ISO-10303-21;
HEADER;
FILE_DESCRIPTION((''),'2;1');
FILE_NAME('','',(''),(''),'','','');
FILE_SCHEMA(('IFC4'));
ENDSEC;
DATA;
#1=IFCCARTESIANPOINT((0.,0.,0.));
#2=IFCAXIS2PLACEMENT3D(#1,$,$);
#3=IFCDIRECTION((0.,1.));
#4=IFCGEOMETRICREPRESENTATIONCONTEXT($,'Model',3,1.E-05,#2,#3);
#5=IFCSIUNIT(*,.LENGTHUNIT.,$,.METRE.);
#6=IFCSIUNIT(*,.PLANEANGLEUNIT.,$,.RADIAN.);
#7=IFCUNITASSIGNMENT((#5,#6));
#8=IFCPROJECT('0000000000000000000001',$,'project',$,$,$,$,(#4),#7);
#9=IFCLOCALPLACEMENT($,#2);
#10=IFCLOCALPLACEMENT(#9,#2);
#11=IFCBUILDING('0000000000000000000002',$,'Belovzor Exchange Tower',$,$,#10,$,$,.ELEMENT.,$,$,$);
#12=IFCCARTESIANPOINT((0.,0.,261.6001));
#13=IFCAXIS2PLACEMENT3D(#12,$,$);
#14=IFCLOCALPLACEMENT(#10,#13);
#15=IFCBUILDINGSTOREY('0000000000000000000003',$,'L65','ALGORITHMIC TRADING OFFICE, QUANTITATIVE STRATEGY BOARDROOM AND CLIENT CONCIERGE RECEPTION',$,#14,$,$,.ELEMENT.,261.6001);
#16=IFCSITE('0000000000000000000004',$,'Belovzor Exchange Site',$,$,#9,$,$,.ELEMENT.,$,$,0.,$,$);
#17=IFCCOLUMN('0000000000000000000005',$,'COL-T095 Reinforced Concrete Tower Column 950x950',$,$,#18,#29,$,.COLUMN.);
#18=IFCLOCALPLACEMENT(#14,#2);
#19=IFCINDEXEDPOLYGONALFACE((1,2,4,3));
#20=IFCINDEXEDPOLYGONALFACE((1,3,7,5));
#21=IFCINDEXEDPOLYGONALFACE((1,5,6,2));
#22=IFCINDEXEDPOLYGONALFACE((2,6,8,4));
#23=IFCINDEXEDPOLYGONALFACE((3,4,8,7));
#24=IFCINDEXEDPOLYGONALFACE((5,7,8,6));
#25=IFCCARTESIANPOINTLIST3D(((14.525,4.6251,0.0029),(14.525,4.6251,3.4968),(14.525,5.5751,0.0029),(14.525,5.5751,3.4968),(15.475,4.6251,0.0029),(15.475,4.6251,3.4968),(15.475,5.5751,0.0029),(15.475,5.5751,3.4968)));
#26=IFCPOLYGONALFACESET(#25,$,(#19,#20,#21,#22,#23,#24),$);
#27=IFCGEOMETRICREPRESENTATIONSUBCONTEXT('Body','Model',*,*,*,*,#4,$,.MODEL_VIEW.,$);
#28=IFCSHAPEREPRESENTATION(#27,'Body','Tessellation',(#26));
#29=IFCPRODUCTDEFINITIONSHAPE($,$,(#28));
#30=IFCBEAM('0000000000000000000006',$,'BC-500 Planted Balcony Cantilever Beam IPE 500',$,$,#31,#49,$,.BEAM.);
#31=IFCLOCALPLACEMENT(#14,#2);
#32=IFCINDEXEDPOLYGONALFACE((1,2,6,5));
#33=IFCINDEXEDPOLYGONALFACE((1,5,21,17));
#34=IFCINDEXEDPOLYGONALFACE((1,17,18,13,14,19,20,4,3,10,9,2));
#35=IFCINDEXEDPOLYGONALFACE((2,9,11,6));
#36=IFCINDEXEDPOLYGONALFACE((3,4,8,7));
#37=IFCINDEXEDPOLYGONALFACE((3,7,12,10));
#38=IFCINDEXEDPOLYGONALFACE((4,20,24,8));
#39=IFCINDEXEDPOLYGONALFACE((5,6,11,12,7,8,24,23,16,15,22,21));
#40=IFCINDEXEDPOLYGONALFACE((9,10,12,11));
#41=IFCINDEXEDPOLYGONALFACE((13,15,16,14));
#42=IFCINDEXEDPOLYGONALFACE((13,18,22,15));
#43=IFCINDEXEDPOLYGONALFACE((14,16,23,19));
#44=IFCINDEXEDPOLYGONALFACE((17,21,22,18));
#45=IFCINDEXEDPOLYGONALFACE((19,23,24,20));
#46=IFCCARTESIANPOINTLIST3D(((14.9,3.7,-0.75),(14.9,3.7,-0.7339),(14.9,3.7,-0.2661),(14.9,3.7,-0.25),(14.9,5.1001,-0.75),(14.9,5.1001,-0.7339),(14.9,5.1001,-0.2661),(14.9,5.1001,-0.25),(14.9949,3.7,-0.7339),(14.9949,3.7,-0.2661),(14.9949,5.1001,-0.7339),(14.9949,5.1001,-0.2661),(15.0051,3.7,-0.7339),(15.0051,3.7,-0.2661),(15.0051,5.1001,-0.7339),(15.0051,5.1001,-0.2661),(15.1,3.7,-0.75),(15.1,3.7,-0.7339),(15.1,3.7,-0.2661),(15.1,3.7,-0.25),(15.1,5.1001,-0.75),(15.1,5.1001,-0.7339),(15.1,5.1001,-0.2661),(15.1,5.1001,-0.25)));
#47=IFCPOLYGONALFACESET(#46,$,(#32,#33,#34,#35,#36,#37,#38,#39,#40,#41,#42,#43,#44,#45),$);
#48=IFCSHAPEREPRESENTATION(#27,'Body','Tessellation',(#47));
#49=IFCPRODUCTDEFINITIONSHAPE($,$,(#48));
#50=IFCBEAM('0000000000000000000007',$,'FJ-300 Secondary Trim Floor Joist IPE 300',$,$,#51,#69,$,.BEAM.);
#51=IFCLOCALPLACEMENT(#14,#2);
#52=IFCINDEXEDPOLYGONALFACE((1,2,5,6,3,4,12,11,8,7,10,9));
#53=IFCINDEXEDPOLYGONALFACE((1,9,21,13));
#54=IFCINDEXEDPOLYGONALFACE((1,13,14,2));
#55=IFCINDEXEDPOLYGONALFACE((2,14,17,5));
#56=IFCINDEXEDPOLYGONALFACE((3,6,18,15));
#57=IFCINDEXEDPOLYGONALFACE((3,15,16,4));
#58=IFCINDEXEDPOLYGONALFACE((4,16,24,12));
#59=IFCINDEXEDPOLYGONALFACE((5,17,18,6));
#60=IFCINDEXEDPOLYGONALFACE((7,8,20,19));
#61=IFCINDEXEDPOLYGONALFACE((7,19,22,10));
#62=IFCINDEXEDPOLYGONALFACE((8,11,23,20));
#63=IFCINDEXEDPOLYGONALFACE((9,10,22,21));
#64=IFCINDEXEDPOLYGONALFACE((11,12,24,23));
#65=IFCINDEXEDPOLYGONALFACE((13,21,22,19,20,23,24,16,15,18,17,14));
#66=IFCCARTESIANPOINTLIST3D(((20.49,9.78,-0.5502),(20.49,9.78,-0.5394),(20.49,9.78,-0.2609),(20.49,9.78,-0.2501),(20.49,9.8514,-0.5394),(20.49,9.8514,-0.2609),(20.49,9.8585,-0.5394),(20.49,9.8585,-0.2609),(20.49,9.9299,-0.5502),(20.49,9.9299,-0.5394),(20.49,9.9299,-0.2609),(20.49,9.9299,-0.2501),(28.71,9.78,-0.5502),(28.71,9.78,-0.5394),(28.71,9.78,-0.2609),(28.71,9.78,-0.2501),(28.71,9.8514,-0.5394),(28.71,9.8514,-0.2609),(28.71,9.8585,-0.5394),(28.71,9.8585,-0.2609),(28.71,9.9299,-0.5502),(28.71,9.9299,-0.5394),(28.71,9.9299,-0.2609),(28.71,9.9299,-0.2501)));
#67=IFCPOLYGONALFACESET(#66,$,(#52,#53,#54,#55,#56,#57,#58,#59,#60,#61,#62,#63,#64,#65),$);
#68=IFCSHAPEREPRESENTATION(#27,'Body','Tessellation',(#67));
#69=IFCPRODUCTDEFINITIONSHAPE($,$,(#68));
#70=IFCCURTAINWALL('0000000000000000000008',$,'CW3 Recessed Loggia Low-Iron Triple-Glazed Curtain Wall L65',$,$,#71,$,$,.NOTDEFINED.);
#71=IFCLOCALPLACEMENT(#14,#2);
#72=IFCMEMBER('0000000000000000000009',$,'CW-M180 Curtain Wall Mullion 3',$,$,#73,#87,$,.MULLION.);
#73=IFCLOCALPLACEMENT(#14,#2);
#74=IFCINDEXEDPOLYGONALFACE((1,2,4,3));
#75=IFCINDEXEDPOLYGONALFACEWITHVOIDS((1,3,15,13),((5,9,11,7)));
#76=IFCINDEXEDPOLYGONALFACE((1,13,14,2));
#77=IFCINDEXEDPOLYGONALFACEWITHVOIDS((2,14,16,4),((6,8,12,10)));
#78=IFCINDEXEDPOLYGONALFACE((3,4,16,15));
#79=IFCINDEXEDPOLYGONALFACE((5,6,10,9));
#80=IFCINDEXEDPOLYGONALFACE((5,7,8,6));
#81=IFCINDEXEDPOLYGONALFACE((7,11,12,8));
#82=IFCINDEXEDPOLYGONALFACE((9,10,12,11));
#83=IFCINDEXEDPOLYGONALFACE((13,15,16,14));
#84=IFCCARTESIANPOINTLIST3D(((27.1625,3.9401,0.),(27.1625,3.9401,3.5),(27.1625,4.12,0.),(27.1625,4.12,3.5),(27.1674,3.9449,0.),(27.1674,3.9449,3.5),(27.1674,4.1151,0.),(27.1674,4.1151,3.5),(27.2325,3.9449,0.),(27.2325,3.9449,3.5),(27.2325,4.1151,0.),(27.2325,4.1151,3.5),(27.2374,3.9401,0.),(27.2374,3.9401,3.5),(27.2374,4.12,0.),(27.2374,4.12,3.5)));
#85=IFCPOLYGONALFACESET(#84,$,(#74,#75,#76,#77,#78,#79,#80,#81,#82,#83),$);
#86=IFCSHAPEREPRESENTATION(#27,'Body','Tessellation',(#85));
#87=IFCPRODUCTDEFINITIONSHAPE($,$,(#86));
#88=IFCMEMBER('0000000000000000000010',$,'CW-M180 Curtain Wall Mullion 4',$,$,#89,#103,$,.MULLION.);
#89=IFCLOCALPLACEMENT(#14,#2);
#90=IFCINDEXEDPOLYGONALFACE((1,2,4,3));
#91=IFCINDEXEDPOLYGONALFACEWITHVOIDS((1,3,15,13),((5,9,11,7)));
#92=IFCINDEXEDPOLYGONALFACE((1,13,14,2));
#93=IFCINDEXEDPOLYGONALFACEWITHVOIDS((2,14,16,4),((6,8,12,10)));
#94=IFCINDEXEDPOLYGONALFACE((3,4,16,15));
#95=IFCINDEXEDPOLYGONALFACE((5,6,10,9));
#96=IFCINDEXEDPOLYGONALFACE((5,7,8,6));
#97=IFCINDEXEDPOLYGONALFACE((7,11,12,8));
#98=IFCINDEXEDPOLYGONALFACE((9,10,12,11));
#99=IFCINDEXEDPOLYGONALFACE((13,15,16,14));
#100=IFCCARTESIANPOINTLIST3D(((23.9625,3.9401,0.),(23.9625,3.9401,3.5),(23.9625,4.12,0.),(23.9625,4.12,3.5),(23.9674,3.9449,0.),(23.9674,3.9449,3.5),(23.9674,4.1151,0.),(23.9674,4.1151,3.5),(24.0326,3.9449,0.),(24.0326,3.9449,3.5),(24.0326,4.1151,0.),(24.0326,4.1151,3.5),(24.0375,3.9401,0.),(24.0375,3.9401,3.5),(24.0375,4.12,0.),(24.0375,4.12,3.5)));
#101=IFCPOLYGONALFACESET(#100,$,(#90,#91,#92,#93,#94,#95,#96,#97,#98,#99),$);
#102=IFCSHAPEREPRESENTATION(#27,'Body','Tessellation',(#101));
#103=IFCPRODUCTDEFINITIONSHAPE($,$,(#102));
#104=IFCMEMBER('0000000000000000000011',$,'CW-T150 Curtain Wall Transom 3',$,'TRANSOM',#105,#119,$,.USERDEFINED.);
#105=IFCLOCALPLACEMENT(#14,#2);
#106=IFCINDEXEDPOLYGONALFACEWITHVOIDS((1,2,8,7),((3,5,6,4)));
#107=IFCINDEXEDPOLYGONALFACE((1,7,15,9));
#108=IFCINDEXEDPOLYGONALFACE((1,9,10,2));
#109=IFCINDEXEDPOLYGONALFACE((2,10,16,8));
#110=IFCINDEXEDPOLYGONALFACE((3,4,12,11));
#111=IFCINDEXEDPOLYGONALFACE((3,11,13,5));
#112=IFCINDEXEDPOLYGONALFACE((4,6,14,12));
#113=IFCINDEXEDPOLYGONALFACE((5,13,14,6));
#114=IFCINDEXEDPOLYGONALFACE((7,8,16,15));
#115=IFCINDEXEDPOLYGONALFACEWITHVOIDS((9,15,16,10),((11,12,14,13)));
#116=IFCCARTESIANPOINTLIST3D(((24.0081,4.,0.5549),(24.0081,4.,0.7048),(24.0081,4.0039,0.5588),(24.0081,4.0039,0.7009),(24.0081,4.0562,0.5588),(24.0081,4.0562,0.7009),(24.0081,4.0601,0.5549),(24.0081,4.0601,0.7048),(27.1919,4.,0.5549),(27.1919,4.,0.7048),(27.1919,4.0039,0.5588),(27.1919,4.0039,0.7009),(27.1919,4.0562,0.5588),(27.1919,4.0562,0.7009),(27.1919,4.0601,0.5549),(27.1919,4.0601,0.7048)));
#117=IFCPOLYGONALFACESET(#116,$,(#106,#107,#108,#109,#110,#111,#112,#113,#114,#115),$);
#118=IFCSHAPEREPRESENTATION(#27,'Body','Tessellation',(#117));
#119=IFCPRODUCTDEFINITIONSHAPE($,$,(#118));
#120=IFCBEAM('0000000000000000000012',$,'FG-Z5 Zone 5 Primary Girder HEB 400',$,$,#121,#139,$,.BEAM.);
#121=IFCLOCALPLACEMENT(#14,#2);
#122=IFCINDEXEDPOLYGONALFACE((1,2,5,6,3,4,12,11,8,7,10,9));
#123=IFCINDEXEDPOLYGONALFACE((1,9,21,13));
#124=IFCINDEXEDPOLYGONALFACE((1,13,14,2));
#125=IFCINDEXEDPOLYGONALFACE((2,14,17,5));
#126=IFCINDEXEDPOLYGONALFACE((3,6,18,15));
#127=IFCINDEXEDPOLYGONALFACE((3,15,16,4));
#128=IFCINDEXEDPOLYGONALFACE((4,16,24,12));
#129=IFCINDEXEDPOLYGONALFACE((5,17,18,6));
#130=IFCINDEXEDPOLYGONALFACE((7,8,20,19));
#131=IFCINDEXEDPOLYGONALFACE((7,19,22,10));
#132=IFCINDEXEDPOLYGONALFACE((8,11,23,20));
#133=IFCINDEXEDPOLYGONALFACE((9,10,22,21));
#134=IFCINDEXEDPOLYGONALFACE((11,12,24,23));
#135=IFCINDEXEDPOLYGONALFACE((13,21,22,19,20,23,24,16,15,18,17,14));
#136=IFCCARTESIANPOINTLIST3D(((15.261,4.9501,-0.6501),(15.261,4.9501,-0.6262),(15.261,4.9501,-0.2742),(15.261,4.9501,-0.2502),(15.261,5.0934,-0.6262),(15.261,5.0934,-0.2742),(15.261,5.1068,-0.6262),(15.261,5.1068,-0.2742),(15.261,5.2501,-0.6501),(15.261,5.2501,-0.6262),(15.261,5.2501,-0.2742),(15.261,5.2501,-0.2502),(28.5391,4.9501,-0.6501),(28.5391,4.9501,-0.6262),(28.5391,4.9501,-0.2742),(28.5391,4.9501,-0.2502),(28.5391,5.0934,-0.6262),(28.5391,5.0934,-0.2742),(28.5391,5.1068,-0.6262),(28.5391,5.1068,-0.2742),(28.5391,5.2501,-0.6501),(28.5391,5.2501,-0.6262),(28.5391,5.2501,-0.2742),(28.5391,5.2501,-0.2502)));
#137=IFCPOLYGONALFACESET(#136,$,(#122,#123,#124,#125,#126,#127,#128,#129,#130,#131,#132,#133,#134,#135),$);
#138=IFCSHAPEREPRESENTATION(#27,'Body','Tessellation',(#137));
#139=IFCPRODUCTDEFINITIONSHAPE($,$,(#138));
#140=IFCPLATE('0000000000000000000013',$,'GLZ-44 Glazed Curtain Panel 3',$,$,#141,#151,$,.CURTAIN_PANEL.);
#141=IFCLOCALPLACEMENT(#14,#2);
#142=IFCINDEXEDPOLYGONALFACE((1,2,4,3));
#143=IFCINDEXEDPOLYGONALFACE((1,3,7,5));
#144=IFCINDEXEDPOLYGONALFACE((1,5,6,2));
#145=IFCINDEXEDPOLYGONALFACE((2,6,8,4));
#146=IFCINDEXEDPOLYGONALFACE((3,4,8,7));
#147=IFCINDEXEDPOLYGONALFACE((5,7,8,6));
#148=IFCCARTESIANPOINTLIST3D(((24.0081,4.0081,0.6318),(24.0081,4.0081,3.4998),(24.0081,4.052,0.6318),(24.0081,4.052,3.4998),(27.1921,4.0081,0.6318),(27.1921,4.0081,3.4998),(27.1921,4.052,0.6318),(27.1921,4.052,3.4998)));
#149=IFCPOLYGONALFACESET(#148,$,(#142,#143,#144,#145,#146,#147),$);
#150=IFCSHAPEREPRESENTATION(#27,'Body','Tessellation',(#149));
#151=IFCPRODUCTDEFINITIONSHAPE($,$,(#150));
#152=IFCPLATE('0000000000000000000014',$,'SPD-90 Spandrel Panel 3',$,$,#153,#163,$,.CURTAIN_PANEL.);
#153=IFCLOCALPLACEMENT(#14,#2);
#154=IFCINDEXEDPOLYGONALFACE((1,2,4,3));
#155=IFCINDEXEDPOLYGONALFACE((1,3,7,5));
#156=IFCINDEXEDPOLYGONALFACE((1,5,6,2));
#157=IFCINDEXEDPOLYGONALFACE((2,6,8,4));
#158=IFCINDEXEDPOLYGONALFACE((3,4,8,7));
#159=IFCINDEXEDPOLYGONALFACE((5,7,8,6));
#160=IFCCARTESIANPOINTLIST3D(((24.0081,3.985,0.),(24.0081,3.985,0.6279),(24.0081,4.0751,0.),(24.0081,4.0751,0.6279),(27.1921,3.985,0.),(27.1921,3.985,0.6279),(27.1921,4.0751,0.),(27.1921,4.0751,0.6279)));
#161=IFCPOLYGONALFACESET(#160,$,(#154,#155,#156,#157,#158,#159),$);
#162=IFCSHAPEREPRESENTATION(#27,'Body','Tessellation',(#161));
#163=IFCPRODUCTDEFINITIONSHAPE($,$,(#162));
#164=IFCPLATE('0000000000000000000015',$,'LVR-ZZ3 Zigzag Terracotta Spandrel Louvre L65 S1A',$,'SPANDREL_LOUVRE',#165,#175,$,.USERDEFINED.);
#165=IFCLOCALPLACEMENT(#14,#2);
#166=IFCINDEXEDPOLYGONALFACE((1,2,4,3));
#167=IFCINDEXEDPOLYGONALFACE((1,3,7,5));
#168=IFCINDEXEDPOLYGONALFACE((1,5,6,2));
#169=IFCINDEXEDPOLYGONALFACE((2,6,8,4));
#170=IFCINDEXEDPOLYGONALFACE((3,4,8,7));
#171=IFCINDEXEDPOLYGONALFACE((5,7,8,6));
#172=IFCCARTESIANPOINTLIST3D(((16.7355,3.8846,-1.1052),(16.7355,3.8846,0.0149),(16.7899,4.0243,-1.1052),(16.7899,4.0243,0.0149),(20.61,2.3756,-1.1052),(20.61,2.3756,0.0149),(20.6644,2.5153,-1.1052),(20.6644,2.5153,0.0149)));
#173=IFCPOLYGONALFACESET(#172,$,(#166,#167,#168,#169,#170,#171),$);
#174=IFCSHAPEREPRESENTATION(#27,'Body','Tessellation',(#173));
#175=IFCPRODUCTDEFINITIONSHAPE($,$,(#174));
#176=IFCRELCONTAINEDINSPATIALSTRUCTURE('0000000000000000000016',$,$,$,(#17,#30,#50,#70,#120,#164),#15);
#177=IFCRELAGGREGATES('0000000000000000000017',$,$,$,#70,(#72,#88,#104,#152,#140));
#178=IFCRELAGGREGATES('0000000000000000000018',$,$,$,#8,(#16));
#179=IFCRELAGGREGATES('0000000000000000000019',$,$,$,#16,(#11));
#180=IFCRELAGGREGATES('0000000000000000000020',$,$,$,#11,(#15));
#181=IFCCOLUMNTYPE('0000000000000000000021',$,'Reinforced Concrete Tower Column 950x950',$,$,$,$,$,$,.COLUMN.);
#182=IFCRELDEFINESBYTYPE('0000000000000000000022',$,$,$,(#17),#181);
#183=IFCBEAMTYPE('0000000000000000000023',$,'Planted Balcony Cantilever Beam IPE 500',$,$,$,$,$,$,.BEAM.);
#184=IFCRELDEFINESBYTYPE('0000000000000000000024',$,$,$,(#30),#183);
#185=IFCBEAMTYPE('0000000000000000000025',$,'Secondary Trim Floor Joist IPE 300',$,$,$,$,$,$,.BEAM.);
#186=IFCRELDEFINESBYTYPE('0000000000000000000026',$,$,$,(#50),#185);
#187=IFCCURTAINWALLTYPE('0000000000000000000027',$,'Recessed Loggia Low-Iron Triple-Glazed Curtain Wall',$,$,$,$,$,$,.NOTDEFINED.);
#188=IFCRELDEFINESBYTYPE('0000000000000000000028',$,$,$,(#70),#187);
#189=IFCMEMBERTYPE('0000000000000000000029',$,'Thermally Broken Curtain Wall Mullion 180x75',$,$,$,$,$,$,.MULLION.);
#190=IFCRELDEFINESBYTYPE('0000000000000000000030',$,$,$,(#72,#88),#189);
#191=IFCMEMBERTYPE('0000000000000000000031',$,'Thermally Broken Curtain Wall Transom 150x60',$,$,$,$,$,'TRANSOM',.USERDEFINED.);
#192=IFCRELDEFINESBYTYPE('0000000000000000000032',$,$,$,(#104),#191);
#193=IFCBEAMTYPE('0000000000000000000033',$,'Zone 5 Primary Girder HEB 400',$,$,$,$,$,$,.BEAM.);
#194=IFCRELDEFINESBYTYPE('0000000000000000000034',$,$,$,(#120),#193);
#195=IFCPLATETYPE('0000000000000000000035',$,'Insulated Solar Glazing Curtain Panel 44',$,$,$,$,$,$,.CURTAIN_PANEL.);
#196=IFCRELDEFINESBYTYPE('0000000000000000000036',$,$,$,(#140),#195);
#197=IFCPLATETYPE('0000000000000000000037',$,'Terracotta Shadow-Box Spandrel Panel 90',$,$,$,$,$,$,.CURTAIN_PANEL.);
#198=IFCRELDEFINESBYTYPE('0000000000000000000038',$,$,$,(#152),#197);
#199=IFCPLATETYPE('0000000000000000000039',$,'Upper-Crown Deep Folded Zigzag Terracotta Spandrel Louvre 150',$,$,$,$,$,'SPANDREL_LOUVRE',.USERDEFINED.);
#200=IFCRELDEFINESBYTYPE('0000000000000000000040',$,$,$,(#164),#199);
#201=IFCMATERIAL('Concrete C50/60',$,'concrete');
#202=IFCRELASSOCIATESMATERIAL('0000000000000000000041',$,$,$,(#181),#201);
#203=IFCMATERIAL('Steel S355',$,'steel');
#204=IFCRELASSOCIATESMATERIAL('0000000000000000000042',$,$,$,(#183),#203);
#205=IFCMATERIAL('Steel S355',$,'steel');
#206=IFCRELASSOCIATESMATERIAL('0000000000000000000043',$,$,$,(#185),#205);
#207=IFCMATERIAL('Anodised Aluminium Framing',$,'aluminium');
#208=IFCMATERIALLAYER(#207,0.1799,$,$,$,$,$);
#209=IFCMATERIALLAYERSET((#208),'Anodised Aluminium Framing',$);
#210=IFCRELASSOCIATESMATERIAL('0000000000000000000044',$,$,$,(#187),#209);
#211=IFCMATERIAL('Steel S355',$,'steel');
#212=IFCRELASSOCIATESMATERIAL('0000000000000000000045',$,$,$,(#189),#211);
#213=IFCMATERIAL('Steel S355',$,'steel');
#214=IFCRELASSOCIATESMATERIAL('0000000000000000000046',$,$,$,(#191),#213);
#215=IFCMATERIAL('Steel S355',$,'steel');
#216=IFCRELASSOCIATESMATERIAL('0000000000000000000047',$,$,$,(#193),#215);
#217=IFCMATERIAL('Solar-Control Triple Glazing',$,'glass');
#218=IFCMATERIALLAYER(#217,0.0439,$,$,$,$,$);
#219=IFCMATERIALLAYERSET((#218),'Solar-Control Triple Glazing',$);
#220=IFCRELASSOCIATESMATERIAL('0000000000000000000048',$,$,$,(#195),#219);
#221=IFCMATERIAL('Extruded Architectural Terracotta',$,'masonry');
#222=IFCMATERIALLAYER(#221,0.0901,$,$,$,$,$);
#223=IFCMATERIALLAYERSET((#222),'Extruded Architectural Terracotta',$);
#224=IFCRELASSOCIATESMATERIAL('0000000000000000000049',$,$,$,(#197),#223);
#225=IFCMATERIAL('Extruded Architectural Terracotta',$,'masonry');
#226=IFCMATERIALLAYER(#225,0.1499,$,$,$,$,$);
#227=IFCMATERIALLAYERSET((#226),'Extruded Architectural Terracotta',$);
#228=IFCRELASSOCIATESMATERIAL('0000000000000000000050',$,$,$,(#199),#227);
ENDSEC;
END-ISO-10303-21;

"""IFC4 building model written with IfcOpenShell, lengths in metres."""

from ifc_helpers import new_model, si_unit, direction, frame, origin, origin_2d, place, context, subcontext, project, spatial, rectangle, hollow_rectangle, i_section, extrude, material, layer, layer_set, material_profile, profile_set, type_object, element, aggregate, save


model = new_model("IFC4")

# Units and contexts
model_context = context("Model", 3, precision=1e-05, world=origin(), true_north=direction((0.0, 1.0)))
body_context = subcontext(model_context, "Body", "Model", "MODEL_VIEW")
ifc_project = project(units=[si_unit("LENGTHUNIT", "METRE"), si_unit("PLANEANGLEUNIT", "RADIAN")], contexts=[model_context])

# Site, building, storey
site_placement = place(None, origin())
site = spatial("IfcSite", under=ifc_project, at=site_placement, Name="Belovzor Exchange Site", CompositionType="ELEMENT", RefElevation=0.0)
building_placement = place(site_placement, origin())
building = spatial("IfcBuilding", under=site, at=building_placement, Name="Belovzor Exchange Tower", CompositionType="ELEMENT")
storey_placement = place(building_placement, frame((0.0, 0.0, 261.6001)))
storey = spatial("IfcBuildingStorey", under=building, at=storey_placement, Name="L65", Description="ALGORITHMIC TRADING OFFICE, QUANTITATIVE STRATEGY BOARDROOM AND CLIENT CONCIERGE RECEPTION", CompositionType="ELEMENT", Elevation=261.6001)

# Column
ifc_material_1 = material(Name="Concrete C50/60", Category="concrete")
ifc_material_profile_1 = material_profile(ifc_material_1, rectangle(XDim=0.95, YDim=0.95, at=origin_2d()))
ifc_profile_set_1 = profile_set([ifc_material_profile_1], Name="Concrete C50/60")
column_type = type_object("IfcColumnType", Name="Reinforced Concrete Tower Column 950x950", PredefinedType="COLUMN", material=ifc_profile_set_1)
column_placement = place(storey_placement, frame((15.0, 5.1001, 0.0029), z_axis=(0.0, 0.0, 1.0), x_axis=(1.0, 0.0, 0.0)))
element("IfcColumn", 1, at=column_placement, inside=storey, type_object=column_type, Name="COL-T095 Reinforced Concrete Tower Column 950x950", PredefinedType="COLUMN", context=body_context, shape_type="SweptSolid", body=[
    extrude(rectangle(XDim=0.95, YDim=0.95, at=origin_2d()), origin(), (0.0, 0.0, 1.0), 3.4939),
])

# Beams
ifc_material_2 = material(Name="Steel S355", Category="steel")
ifc_material_profile_2 = material_profile(ifc_material_2, i_section(OverallWidth=0.2, OverallDepth=0.5, WebThickness=0.0103, FlangeThickness=0.0161, at=origin_2d()))
ifc_profile_set_2 = profile_set([ifc_material_profile_2], Name="Steel S355")
beam_type_1 = type_object("IfcBeamType", Name="Planted Balcony Cantilever Beam IPE 500", PredefinedType="BEAM", material=ifc_profile_set_2)
beam_1_placement = place(storey_placement, frame((15.0, 5.1001, -0.5), z_axis=(0.0, -1.0, 0.0), x_axis=(1.0, 0.0, 0.0)))
element("IfcBeam", 2, at=beam_1_placement, inside=storey, type_object=beam_type_1, Name="BC-500 Planted Balcony Cantilever Beam IPE 500", PredefinedType="BEAM", context=body_context, shape_type="SweptSolid", body=[
    extrude(i_section(OverallWidth=0.2, OverallDepth=0.5, WebThickness=0.0103, FlangeThickness=0.0161, at=origin_2d()), origin(), (0.0, 0.0, 1.0), 1.4001),
])
ifc_material_3 = material(Name="Steel S355", Category="steel")
ifc_material_profile_3 = material_profile(ifc_material_3, i_section(OverallWidth=0.1499, OverallDepth=0.3, WebThickness=0.0071, FlangeThickness=0.0107, at=origin_2d()))
ifc_profile_set_3 = profile_set([ifc_material_profile_3], Name="Steel S355")
beam_type_2 = type_object("IfcBeamType", Name="Secondary Trim Floor Joist IPE 300", PredefinedType="BEAM", material=ifc_profile_set_3)
beam_2_placement = place(storey_placement, frame((20.49, 9.855, -0.4001), z_axis=(1.0, 0.0, 0.0), x_axis=(0.0, 1.0, 0.0)))
element("IfcBeam", 3, at=beam_2_placement, inside=storey, type_object=beam_type_2, Name="FJ-300 Secondary Trim Floor Joist IPE 300", PredefinedType="BEAM", context=body_context, shape_type="SweptSolid", body=[
    extrude(i_section(OverallWidth=0.1499, OverallDepth=0.3, WebThickness=0.0071, FlangeThickness=0.0107, at=origin_2d()), origin(), (0.0, 0.0, 1.0), 8.22),
])

# Curtain wall, members
ifc_material_4 = material(Name="Anodised Aluminium Framing", Category="aluminium")
ifc_layer_1 = layer(ifc_material_4, 0.1799)
ifc_layer_set_1 = layer_set([ifc_layer_1], Name="Anodised Aluminium Framing")
curtain_wall_type = type_object("IfcCurtainWallType", Name="Recessed Loggia Low-Iron Triple-Glazed Curtain Wall", PredefinedType="NOTDEFINED", material=ifc_layer_set_1)
curtain_wall_placement = place(storey_placement, origin())
curtain_wall = element("IfcCurtainWall", 4, at=curtain_wall_placement, inside=storey, type_object=curtain_wall_type, Name="CW3 Recessed Loggia Low-Iron Triple-Glazed Curtain Wall L65", PredefinedType="NOTDEFINED")
ifc_material_5 = material(Name="Steel S355", Category="steel")
ifc_material_profile_4 = material_profile(ifc_material_5, hollow_rectangle(XDim=0.075, YDim=0.1799, WallThickness=0.0049, at=origin_2d()))
ifc_profile_set_4 = profile_set([ifc_material_profile_4], Name="Steel S355")
member_type_1 = type_object("IfcMemberType", Name="Thermally Broken Curtain Wall Mullion 180x75", PredefinedType="MULLION", material=ifc_profile_set_4)
member_1_placement = place(storey_placement, frame((27.2, 4.03, 0.0), z_axis=(0.0, 0.0, 1.0), x_axis=(-1.0, 0.0, 0.0)))
member_1 = element("IfcMember", 5, at=member_1_placement, type_object=member_type_1, Name="CW-M180 Curtain Wall Mullion 3", PredefinedType="MULLION", context=body_context, shape_type="SweptSolid", body=[
    extrude(hollow_rectangle(XDim=0.075, YDim=0.1799, WallThickness=0.0049, at=origin_2d()), origin(), (0.0, 0.0, 1.0), 3.5),
])
member_2_placement = place(storey_placement, frame((24.0, 4.03, 0.0), z_axis=(0.0, 0.0, 1.0), x_axis=(-1.0, 0.0, 0.0)))
member_2 = element("IfcMember", 6, at=member_2_placement, type_object=member_type_1, Name="CW-M180 Curtain Wall Mullion 4", PredefinedType="MULLION", context=body_context, shape_type="SweptSolid", body=[
    extrude(hollow_rectangle(XDim=0.075, YDim=0.1799, WallThickness=0.0049, at=origin_2d()), origin(), (0.0, 0.0, 1.0), 3.5),
])
ifc_material_6 = material(Name="Steel S355", Category="steel")
ifc_material_profile_5 = material_profile(ifc_material_6, hollow_rectangle(XDim=0.0601, YDim=0.1499, WallThickness=0.0039, at=origin_2d()))
ifc_profile_set_5 = profile_set([ifc_material_profile_5], Name="Steel S355")
member_type_2 = type_object("IfcMemberType", Name="Thermally Broken Curtain Wall Transom 150x60", ElementType="TRANSOM", PredefinedType="USERDEFINED", material=ifc_profile_set_5)
member_3_placement = place(storey_placement, frame((27.1919, 4.03, 0.6299), z_axis=(-1.0, 0.0, 0.0), x_axis=(0.0, -1.0, 0.0)))
member_3 = element("IfcMember", 7, at=member_3_placement, type_object=member_type_2, Name="CW-T150 Curtain Wall Transom 3", ObjectType="TRANSOM", PredefinedType="USERDEFINED", context=body_context, shape_type="SweptSolid", body=[
    extrude(hollow_rectangle(XDim=0.0601, YDim=0.1499, WallThickness=0.0039, at=origin_2d()), origin(), (0.0, 0.0, 1.0), 3.1838),
])

# Beam
ifc_material_7 = material(Name="Steel S355", Category="steel")
ifc_material_profile_6 = material_profile(ifc_material_7, i_section(OverallWidth=0.3, OverallDepth=0.3999, WebThickness=0.0134, FlangeThickness=0.0239, at=origin_2d()))
ifc_profile_set_6 = profile_set([ifc_material_profile_6], Name="Steel S355")
beam_type_3 = type_object("IfcBeamType", Name="Zone 5 Primary Girder HEB 400", PredefinedType="BEAM", material=ifc_profile_set_6)
beam_3_placement = place(storey_placement, frame((15.261, 5.1001, -0.4502), z_axis=(1.0, 0.0, 0.0), x_axis=(0.0, 1.0, 0.0)))
element("IfcBeam", 8, at=beam_3_placement, inside=storey, type_object=beam_type_3, Name="FG-Z5 Zone 5 Primary Girder HEB 400", PredefinedType="BEAM", context=body_context, shape_type="SweptSolid", body=[
    extrude(i_section(OverallWidth=0.3, OverallDepth=0.3999, WebThickness=0.0134, FlangeThickness=0.0239, at=origin_2d()), origin(), (0.0, 0.0, 1.0), 13.2781),
])

# Plates
ifc_material_8 = material(Name="Solar-Control Triple Glazing", Category="glass")
ifc_layer_2 = layer(ifc_material_8, 0.0439)
ifc_layer_set_2 = layer_set([ifc_layer_2], Name="Solar-Control Triple Glazing")
plate_type_1 = type_object("IfcPlateType", Name="Insulated Solar Glazing Curtain Panel 44", PredefinedType="CURTAIN_PANEL", material=ifc_layer_set_2)
plate_1_placement = place(storey_placement, frame((25.6001, 4.03, 0.6318), z_axis=(0.0, 0.0, 1.0), x_axis=(-1.0, 0.0, 0.0)))
plate_1 = element("IfcPlate", 9, at=plate_1_placement, type_object=plate_type_1, Name="GLZ-44 Glazed Curtain Panel 3", PredefinedType="CURTAIN_PANEL", context=body_context, shape_type="SweptSolid", body=[
    extrude(rectangle(XDim=3.1841, YDim=0.0439, at=origin_2d()), origin(), (0.0, 0.0, 1.0), 2.8679),
])
ifc_material_9 = material(Name="Extruded Architectural Terracotta", Category="masonry")
ifc_layer_3 = layer(ifc_material_9, 0.0901)
ifc_layer_set_3 = layer_set([ifc_layer_3], Name="Extruded Architectural Terracotta")
plate_type_2 = type_object("IfcPlateType", Name="Terracotta Shadow-Box Spandrel Panel 90", PredefinedType="CURTAIN_PANEL", material=ifc_layer_set_3)
plate_2_placement = place(storey_placement, frame((25.6001, 4.03, 0.0), z_axis=(0.0, 0.0, 1.0), x_axis=(-1.0, 0.0, 0.0)))
plate_2 = element("IfcPlate", 10, at=plate_2_placement, type_object=plate_type_2, Name="SPD-90 Spandrel Panel 3", PredefinedType="CURTAIN_PANEL", context=body_context, shape_type="SweptSolid", body=[
    extrude(rectangle(XDim=3.1841, YDim=0.0901, at=origin_2d()), origin(), (0.0, 0.0, 1.0), 0.6279),
])
aggregate(curtain_wall, [member_1, member_2, member_3, plate_2, plate_1])

# Plate
ifc_material_10 = material(Name="Extruded Architectural Terracotta", Category="masonry")
ifc_layer_4 = layer(ifc_material_10, 0.1499)
ifc_layer_set_4 = layer_set([ifc_layer_4], Name="Extruded Architectural Terracotta")
plate_type_3 = type_object("IfcPlateType", Name="Upper-Crown Deep Folded Zigzag Terracotta Spandrel Louvre 150", ElementType="SPANDREL_LOUVRE", PredefinedType="USERDEFINED", material=ifc_layer_set_4)
for number, where, z_axis, x_axis, name in (
    (11, (18.7, 3.2, -1.1052), (0.0, 0.0, 1.0), (0.931818, -0.362926, 0.0), "LVR-ZZ3 Zigzag Terracotta Spandrel Louvre L65 S1A"),
):
    element("IfcPlate", number, at=place(storey_placement, frame(where, z_axis=z_axis, x_axis=x_axis)), inside=storey, type_object=plate_type_3, Name=name, ObjectType="SPANDREL_LOUVRE", PredefinedType="USERDEFINED", context=body_context, shape_type="SweptSolid", body=[
        extrude(rectangle(XDim=4.158, YDim=0.1499, at=origin_2d()), origin(), (0.0, 0.0, 1.0), 1.1201),
    ])

save(model, "model.ifc")
